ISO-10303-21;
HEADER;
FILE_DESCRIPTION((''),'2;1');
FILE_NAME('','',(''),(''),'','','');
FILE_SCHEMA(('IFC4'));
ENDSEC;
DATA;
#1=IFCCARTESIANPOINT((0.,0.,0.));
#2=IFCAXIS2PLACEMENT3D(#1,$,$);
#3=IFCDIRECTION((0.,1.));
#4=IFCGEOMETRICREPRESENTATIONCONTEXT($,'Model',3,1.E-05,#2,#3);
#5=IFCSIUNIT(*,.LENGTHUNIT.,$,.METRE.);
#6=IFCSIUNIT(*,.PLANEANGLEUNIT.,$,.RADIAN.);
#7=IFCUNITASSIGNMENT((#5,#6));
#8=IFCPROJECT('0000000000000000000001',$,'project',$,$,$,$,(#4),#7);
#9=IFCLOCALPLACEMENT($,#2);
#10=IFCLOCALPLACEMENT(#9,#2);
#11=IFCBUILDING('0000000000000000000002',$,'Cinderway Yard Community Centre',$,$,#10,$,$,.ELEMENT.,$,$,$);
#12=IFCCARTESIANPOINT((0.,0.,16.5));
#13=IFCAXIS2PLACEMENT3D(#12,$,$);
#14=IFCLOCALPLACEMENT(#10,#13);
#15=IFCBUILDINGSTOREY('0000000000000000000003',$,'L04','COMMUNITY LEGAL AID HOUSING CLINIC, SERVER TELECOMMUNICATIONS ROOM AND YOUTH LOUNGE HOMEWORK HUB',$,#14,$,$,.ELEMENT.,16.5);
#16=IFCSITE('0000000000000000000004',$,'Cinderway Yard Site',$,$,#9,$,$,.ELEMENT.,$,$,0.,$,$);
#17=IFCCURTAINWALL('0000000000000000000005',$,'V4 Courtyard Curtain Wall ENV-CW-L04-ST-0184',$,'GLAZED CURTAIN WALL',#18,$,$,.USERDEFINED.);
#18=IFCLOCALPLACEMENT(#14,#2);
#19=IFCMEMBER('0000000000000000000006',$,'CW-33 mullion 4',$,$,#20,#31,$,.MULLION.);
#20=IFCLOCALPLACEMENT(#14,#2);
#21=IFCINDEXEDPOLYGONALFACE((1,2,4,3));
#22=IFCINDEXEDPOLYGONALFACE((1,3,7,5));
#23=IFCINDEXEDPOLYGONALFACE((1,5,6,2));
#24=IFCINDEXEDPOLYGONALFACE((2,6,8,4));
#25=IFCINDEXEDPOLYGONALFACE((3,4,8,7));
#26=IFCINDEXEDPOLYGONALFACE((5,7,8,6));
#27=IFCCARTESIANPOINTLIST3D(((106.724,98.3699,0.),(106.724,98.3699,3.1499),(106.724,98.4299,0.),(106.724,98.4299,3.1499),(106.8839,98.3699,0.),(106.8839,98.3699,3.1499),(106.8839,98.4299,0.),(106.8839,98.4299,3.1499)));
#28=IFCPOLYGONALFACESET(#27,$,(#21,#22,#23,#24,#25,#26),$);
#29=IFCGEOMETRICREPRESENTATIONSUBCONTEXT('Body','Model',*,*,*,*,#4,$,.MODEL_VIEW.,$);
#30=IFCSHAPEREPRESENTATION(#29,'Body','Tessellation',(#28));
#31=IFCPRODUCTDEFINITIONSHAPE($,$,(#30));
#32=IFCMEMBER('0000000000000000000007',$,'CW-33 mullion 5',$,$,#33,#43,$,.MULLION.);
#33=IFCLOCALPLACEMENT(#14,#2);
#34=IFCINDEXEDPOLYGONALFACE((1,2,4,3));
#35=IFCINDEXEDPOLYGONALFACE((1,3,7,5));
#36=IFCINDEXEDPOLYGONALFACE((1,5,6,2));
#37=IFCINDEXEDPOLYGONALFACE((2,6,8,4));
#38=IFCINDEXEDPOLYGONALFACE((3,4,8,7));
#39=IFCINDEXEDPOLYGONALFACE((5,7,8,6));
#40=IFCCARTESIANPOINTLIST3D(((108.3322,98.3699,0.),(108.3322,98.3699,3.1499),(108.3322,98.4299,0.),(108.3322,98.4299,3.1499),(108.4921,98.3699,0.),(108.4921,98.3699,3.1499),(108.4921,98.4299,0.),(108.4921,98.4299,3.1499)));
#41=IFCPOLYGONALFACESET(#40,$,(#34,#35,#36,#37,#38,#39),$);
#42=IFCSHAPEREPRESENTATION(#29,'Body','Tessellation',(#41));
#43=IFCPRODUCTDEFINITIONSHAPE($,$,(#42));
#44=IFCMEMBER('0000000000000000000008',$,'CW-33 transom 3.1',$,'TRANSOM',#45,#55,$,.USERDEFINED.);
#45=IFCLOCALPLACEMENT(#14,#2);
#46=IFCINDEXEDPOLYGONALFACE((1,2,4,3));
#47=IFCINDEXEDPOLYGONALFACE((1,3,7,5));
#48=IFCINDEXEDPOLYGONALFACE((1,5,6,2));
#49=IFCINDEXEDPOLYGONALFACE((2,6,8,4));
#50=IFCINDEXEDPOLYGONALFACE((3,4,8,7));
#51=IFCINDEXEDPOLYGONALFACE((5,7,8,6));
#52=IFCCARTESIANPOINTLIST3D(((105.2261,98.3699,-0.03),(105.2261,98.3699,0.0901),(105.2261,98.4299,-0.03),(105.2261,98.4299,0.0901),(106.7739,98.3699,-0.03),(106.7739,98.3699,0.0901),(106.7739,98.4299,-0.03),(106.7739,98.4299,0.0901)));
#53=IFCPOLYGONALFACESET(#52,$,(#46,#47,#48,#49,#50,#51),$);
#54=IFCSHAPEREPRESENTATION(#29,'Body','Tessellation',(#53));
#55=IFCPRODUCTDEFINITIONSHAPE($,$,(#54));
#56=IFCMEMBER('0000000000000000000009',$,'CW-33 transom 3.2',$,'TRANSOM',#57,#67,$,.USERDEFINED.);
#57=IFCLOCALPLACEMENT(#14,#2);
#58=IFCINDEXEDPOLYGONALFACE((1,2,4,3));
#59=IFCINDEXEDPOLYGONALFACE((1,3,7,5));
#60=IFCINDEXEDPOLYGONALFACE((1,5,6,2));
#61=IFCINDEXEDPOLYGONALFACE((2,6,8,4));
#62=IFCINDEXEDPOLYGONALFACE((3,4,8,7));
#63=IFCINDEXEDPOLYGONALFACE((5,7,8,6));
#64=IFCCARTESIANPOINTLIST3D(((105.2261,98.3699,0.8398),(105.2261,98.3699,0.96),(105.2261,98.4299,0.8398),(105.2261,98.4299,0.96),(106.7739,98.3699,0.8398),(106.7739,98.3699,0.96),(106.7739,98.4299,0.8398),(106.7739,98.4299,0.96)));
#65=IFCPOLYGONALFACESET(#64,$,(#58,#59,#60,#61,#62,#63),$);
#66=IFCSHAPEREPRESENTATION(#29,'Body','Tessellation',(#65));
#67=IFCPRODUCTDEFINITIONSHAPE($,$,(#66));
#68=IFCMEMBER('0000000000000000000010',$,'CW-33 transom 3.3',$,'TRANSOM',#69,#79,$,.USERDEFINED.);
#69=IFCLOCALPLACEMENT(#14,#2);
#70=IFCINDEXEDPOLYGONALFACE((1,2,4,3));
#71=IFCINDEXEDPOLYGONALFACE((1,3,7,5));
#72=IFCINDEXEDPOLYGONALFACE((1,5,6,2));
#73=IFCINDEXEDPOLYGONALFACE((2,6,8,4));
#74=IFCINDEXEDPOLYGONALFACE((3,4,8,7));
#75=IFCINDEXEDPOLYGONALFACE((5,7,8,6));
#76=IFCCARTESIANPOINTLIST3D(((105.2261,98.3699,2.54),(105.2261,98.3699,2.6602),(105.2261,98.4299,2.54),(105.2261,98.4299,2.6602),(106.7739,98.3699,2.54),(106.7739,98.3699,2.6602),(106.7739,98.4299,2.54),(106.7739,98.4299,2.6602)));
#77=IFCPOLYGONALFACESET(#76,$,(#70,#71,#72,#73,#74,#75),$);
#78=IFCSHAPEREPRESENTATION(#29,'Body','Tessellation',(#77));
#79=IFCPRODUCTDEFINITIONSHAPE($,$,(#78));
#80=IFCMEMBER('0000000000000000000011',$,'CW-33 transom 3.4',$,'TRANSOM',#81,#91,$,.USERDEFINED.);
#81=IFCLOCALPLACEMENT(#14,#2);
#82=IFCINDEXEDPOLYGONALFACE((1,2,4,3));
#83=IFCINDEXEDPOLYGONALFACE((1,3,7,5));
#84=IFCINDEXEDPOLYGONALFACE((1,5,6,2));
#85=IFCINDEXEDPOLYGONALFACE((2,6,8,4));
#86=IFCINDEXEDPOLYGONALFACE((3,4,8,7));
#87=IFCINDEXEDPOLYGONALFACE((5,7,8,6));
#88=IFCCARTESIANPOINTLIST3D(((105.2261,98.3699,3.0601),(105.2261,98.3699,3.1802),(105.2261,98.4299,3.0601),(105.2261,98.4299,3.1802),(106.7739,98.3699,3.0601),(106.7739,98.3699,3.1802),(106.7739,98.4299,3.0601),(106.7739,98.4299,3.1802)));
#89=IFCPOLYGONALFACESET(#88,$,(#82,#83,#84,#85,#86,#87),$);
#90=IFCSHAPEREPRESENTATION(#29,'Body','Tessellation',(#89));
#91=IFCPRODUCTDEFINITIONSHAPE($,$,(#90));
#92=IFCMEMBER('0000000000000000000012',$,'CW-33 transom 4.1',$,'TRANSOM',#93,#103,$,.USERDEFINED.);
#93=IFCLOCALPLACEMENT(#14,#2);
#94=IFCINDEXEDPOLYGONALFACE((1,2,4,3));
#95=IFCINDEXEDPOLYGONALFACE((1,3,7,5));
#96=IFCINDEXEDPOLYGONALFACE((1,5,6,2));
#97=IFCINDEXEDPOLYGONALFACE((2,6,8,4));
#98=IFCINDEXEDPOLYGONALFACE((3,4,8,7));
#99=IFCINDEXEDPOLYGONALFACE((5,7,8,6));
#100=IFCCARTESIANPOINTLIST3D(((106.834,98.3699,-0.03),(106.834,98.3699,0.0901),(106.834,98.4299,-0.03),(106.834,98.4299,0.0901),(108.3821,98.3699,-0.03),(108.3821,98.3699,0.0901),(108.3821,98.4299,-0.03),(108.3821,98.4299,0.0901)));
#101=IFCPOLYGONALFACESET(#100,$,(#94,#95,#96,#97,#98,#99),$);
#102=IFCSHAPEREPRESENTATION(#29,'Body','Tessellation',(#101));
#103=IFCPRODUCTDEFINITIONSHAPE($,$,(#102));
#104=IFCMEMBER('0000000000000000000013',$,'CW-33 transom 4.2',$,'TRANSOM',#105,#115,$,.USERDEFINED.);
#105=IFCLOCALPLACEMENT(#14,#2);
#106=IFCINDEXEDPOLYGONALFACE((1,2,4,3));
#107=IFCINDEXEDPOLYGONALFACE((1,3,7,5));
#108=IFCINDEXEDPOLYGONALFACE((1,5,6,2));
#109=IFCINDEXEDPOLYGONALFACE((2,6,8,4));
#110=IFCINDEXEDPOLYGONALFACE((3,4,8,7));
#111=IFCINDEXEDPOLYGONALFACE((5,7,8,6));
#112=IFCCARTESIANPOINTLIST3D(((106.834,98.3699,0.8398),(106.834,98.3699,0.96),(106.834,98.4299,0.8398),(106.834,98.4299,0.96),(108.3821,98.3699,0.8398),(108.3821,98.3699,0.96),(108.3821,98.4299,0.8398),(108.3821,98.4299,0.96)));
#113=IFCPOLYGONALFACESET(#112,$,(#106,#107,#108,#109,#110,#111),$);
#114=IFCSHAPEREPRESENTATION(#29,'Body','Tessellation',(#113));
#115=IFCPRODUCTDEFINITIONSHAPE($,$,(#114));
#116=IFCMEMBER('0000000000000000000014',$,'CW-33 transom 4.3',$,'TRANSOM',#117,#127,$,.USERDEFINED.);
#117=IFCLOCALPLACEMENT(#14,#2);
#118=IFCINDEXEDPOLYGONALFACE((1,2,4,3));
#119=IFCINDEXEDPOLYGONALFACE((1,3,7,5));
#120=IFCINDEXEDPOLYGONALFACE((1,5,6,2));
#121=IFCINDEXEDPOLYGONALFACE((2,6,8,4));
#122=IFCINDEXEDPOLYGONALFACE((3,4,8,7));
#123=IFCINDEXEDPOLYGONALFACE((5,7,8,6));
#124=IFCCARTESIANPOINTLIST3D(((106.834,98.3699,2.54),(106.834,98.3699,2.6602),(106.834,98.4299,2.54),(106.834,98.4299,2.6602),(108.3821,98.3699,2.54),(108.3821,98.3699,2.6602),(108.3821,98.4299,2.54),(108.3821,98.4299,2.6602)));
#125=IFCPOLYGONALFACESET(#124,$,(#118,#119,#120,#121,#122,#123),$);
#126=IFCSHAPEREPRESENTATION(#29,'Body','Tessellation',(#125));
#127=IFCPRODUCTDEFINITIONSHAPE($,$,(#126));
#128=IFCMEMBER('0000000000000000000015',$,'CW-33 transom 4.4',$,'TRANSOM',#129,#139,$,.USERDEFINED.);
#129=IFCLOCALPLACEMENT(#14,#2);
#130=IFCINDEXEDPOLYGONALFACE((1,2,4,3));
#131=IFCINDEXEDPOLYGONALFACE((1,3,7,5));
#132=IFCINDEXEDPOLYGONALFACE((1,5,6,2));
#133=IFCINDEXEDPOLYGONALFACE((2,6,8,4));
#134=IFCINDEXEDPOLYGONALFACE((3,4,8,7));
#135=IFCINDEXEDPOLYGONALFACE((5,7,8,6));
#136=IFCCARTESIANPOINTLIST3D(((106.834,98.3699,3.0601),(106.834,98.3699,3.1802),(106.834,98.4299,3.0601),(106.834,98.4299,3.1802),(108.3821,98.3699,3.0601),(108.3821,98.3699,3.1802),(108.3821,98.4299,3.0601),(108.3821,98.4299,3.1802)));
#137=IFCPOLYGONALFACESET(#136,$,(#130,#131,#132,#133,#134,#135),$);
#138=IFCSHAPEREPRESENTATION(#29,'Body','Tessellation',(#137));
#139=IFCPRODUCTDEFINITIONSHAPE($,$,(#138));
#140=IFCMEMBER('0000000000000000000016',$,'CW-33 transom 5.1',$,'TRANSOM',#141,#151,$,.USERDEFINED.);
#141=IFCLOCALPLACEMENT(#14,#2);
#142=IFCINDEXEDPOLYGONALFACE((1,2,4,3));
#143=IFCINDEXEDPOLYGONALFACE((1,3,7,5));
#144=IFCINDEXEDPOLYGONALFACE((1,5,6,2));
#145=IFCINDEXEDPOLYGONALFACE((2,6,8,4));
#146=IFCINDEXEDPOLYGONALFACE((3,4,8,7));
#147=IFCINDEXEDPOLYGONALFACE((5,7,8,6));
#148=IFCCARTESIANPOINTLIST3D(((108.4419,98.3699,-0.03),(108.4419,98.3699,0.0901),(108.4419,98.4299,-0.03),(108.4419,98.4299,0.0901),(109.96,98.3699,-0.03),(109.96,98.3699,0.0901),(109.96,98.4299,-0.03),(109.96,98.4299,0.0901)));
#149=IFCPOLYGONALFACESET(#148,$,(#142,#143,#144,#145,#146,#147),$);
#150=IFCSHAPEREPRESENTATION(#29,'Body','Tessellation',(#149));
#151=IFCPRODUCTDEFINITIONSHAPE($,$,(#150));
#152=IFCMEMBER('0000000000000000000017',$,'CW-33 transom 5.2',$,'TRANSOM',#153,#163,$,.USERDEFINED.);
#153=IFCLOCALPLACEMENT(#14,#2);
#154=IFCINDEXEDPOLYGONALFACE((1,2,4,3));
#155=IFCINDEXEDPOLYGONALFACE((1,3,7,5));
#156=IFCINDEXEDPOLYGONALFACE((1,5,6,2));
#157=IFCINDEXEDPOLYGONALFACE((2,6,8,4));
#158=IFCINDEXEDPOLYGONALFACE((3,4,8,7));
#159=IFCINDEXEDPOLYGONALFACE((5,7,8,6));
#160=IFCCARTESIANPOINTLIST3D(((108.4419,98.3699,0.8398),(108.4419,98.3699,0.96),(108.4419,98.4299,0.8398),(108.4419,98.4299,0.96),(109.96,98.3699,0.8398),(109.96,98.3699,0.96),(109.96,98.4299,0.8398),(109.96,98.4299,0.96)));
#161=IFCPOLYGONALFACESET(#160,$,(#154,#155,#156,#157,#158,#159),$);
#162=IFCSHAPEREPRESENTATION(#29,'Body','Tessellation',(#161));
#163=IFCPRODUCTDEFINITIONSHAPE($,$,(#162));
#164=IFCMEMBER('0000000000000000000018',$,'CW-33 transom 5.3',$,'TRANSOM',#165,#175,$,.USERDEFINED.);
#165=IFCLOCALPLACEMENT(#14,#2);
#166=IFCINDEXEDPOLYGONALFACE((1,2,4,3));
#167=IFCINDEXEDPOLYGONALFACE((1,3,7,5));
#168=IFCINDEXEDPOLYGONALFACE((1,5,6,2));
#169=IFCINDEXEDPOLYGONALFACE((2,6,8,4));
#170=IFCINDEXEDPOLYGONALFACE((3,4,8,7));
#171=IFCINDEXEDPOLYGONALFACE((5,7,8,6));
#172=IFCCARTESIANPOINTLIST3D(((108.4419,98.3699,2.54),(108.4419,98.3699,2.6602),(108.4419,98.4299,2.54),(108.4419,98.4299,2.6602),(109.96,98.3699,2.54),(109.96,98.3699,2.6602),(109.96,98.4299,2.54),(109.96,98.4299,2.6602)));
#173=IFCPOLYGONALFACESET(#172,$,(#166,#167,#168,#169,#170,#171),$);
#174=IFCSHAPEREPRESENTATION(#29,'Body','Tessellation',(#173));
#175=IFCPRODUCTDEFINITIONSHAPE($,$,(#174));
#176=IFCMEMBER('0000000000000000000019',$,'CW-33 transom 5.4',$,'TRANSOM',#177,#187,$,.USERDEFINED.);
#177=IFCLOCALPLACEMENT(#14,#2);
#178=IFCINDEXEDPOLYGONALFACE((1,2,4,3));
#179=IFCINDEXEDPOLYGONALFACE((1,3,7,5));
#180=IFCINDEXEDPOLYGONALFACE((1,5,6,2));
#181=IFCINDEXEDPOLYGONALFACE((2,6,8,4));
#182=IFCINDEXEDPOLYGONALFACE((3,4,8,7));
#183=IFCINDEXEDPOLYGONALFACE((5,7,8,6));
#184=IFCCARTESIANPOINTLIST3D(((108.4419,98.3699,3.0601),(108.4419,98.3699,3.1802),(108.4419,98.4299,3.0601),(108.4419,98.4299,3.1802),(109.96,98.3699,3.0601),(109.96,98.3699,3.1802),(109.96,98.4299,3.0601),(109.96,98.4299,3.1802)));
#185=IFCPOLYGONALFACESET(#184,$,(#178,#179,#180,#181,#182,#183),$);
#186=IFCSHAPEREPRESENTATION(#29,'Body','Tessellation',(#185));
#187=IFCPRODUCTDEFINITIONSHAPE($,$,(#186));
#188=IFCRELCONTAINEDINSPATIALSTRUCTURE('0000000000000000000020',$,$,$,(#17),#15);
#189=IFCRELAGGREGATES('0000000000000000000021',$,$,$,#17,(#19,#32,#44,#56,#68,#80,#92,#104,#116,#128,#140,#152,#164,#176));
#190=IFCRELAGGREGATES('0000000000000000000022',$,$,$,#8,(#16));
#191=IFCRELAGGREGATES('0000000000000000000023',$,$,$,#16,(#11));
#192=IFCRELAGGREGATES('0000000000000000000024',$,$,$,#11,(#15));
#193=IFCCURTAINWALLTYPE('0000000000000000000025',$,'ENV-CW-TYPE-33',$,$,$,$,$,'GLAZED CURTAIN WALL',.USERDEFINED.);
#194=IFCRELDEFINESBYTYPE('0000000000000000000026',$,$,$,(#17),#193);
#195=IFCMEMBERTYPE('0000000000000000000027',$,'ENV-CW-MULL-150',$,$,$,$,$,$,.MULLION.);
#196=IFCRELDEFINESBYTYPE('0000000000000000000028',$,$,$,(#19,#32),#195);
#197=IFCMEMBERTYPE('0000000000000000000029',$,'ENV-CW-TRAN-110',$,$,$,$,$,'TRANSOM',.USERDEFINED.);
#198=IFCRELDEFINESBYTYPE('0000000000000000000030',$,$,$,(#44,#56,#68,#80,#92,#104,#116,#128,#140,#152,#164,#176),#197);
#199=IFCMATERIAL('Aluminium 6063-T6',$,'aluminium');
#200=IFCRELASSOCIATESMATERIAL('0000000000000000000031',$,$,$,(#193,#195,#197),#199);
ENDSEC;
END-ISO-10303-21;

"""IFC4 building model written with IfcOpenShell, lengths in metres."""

from ifc_helpers import new_model, si_unit, direction, frame, origin, origin_2d, place, context, subcontext, project, spatial, rectangle, extrude, material, material_profile, profile_set, type_object, element, aggregate, save


model = new_model("IFC4")

# Units and contexts
model_context = context("Model", 3, precision=1e-05, world=origin(), true_north=direction((0.0, 1.0)))
body_context = subcontext(model_context, "Body", "Model", "MODEL_VIEW")
ifc_project = project(units=[si_unit("LENGTHUNIT", "METRE"), si_unit("PLANEANGLEUNIT", "RADIAN")], contexts=[model_context])

# Site, building, storey
site_placement = place(None, origin())
site = spatial("IfcSite", under=ifc_project, at=site_placement, Name="Cinderway Yard Site", CompositionType="ELEMENT", RefElevation=0.0)
building_placement = place(site_placement, origin())
building = spatial("IfcBuilding", under=site, at=building_placement, Name="Cinderway Yard Community Centre", CompositionType="ELEMENT")
storey_placement = place(building_placement, frame((0.0, 0.0, 16.5)))
storey = spatial("IfcBuildingStorey", under=building, at=storey_placement, Name="L04", Description="COMMUNITY LEGAL AID HOUSING CLINIC, SERVER TELECOMMUNICATIONS ROOM AND YOUTH LOUNGE HOMEWORK HUB", CompositionType="ELEMENT", Elevation=16.5)

# Curtain wall, members
ifc_material_1 = material(Name="Aluminium 6063-T6", Category="aluminium")
curtain_wall_type = type_object("IfcCurtainWallType", Name="ENV-CW-TYPE-33", ElementType="GLAZED CURTAIN WALL", PredefinedType="USERDEFINED", material=ifc_material_1)
curtain_wall_placement = place(storey_placement, origin())
curtain_wall = element("IfcCurtainWall", 1, at=curtain_wall_placement, inside=storey, type_object=curtain_wall_type, Name="V4 Courtyard Curtain Wall ENV-CW-L04-ST-0184", ObjectType="GLAZED CURTAIN WALL", PredefinedType="USERDEFINED")
ifc_material_profile_1 = material_profile(ifc_material_1, rectangle(XDim=0.0601, YDim=0.1599, at=origin_2d()), Name="Aluminium 6063-T6")
ifc_profile_set_1 = profile_set([ifc_material_profile_1], Name="Aluminium 6063-T6")
member_type_1 = type_object("IfcMemberType", Name="ENV-CW-MULL-150", PredefinedType="MULLION", material=ifc_profile_set_1)
member_1_placement = place(storey_placement, frame((106.804, 98.3999, 0.0), z_axis=(0.0, 0.0, 1.0), x_axis=(0.0, 1.0, 0.0)))
member_1 = element("IfcMember", 2, at=member_1_placement, type_object=member_type_1, Name="CW-33 mullion 4", PredefinedType="MULLION", context=body_context, shape_type="SweptSolid", body=[
    extrude(rectangle(XDim=0.0601, YDim=0.1599, at=origin_2d()), origin(), (0.0, 0.0, 1.0), 3.1499),
])
member_2_placement = place(storey_placement, frame((108.4121, 98.3999, 0.0), z_axis=(0.0, 0.0, 1.0), x_axis=(0.0, 1.0, 0.0)))
member_2 = element("IfcMember", 3, at=member_2_placement, type_object=member_type_1, Name="CW-33 mullion 5", PredefinedType="MULLION", context=body_context, shape_type="SweptSolid", body=[
    extrude(rectangle(XDim=0.0601, YDim=0.1599, at=origin_2d()), origin(), (0.0, 0.0, 1.0), 3.1499),
])
ifc_material_profile_2 = material_profile(ifc_material_1, rectangle(XDim=0.0601, YDim=0.1201, at=origin_2d()), Name="Aluminium 6063-T6")
ifc_profile_set_2 = profile_set([ifc_material_profile_2], Name="Aluminium 6063-T6")
member_type_2 = type_object("IfcMemberType", Name="ENV-CW-TRAN-110", ElementType="TRANSOM", PredefinedType="USERDEFINED", material=ifc_profile_set_2)
member_3_placement = place(storey_placement, frame((105.2261, 98.3999, 0.03), z_axis=(1.0, 0.0, 0.0), x_axis=(0.0, 1.0, 0.0)))
member_3 = element("IfcMember", 4, at=member_3_placement, type_object=member_type_2, Name="CW-33 transom 3.1", ObjectType="TRANSOM", PredefinedType="USERDEFINED", context=body_context, shape_type="SweptSolid", body=[
    extrude(rectangle(XDim=0.0601, YDim=0.1201, at=origin_2d()), origin(), (0.0, 0.0, 1.0), 1.5479),
])
member_4_placement = place(storey_placement, frame((105.2261, 98.3999, 0.8999), z_axis=(1.0, 0.0, 0.0), x_axis=(0.0, 1.0, 0.0)))
member_4 = element("IfcMember", 5, at=member_4_placement, type_object=member_type_2, Name="CW-33 transom 3.2", ObjectType="TRANSOM", PredefinedType="USERDEFINED", context=body_context, shape_type="SweptSolid", body=[
    extrude(rectangle(XDim=0.0601, YDim=0.1201, at=origin_2d()), origin(), (0.0, 0.0, 1.0), 1.5479),
])
member_5_placement = place(storey_placement, frame((105.2261, 98.3999, 2.6001), z_axis=(1.0, 0.0, 0.0), x_axis=(0.0, 1.0, 0.0)))
member_5 = element("IfcMember", 6, at=member_5_placement, type_object=member_type_2, Name="CW-33 transom 3.3", ObjectType="TRANSOM", PredefinedType="USERDEFINED", context=body_context, shape_type="SweptSolid", body=[
    extrude(rectangle(XDim=0.0601, YDim=0.1201, at=origin_2d()), origin(), (0.0, 0.0, 1.0), 1.5479),
])
member_6_placement = place(storey_placement, frame((105.2261, 98.3999, 3.1201), z_axis=(1.0, 0.0, 0.0), x_axis=(0.0, 1.0, 0.0)))
member_6 = element("IfcMember", 7, at=member_6_placement, type_object=member_type_2, Name="CW-33 transom 3.4", ObjectType="TRANSOM", PredefinedType="USERDEFINED", context=body_context, shape_type="SweptSolid", body=[
    extrude(rectangle(XDim=0.0601, YDim=0.1201, at=origin_2d()), origin(), (0.0, 0.0, 1.0), 1.5479),
])
member_7_placement = place(storey_placement, frame((106.834, 98.3999, 0.03), z_axis=(1.0, 0.0, 0.0), x_axis=(0.0, 1.0, 0.0)))
member_7 = element("IfcMember", 8, at=member_7_placement, type_object=member_type_2, Name="CW-33 transom 4.1", ObjectType="TRANSOM", PredefinedType="USERDEFINED", context=body_context, shape_type="SweptSolid", body=[
    extrude(rectangle(XDim=0.0601, YDim=0.1201, at=origin_2d()), origin(), (0.0, 0.0, 1.0), 1.5481),
])
member_8_placement = place(storey_placement, frame((106.834, 98.3999, 0.8999), z_axis=(1.0, 0.0, 0.0), x_axis=(0.0, 1.0, 0.0)))
member_8 = element("IfcMember", 9, at=member_8_placement, type_object=member_type_2, Name="CW-33 transom 4.2", ObjectType="TRANSOM", PredefinedType="USERDEFINED", context=body_context, shape_type="SweptSolid", body=[
    extrude(rectangle(XDim=0.0601, YDim=0.1201, at=origin_2d()), origin(), (0.0, 0.0, 1.0), 1.5481),
])
member_9_placement = place(storey_placement, frame((106.834, 98.3999, 2.6001), z_axis=(1.0, 0.0, 0.0), x_axis=(0.0, 1.0, 0.0)))
member_9 = element("IfcMember", 10, at=member_9_placement, type_object=member_type_2, Name="CW-33 transom 4.3", ObjectType="TRANSOM", PredefinedType="USERDEFINED", context=body_context, shape_type="SweptSolid", body=[
    extrude(rectangle(XDim=0.0601, YDim=0.1201, at=origin_2d()), origin(), (0.0, 0.0, 1.0), 1.5481),
])
member_10_placement = place(storey_placement, frame((106.834, 98.3999, 3.1201), z_axis=(1.0, 0.0, 0.0), x_axis=(0.0, 1.0, 0.0)))
member_10 = element("IfcMember", 11, at=member_10_placement, type_object=member_type_2, Name="CW-33 transom 4.4", ObjectType="TRANSOM", PredefinedType="USERDEFINED", context=body_context, shape_type="SweptSolid", body=[
    extrude(rectangle(XDim=0.0601, YDim=0.1201, at=origin_2d()), origin(), (0.0, 0.0, 1.0), 1.5481),
])
member_11_placement = place(storey_placement, frame((108.4419, 98.3999, 0.03), z_axis=(1.0, 0.0, 0.0), x_axis=(0.0, 1.0, 0.0)))
member_11 = element("IfcMember", 12, at=member_11_placement, type_object=member_type_2, Name="CW-33 transom 5.1", ObjectType="TRANSOM", PredefinedType="USERDEFINED", context=body_context, shape_type="SweptSolid", body=[
    extrude(rectangle(XDim=0.0601, YDim=0.1201, at=origin_2d()), origin(), (0.0, 0.0, 1.0), 1.5181),
])
member_12_placement = place(storey_placement, frame((108.4419, 98.3999, 0.8999), z_axis=(1.0, 0.0, 0.0), x_axis=(0.0, 1.0, 0.0)))
member_12 = element("IfcMember", 13, at=member_12_placement, type_object=member_type_2, Name="CW-33 transom 5.2", ObjectType="TRANSOM", PredefinedType="USERDEFINED", context=body_context, shape_type="SweptSolid", body=[
    extrude(rectangle(XDim=0.0601, YDim=0.1201, at=origin_2d()), origin(), (0.0, 0.0, 1.0), 1.5181),
])
member_13_placement = place(storey_placement, frame((108.4419, 98.3999, 2.6001), z_axis=(1.0, 0.0, 0.0), x_axis=(0.0, 1.0, 0.0)))
member_13 = element("IfcMember", 14, at=member_13_placement, type_object=member_type_2, Name="CW-33 transom 5.3", ObjectType="TRANSOM", PredefinedType="USERDEFINED", context=body_context, shape_type="SweptSolid", body=[
    extrude(rectangle(XDim=0.0601, YDim=0.1201, at=origin_2d()), origin(), (0.0, 0.0, 1.0), 1.5181),
])
member_14_placement = place(storey_placement, frame((108.4419, 98.3999, 3.1201), z_axis=(1.0, 0.0, 0.0), x_axis=(0.0, 1.0, 0.0)))
member_14 = element("IfcMember", 15, at=member_14_placement, type_object=member_type_2, Name="CW-33 transom 5.4", ObjectType="TRANSOM", PredefinedType="USERDEFINED", context=body_context, shape_type="SweptSolid", body=[
    extrude(rectangle(XDim=0.0601, YDim=0.1201, at=origin_2d()), origin(), (0.0, 0.0, 1.0), 1.5181),
])

aggregate(curtain_wall, [member_1, member_2, member_3, member_4, member_5, member_6, member_7, member_8, member_9, member_10, member_11, member_12, member_13, member_14])

save(model, "model.ifc")
